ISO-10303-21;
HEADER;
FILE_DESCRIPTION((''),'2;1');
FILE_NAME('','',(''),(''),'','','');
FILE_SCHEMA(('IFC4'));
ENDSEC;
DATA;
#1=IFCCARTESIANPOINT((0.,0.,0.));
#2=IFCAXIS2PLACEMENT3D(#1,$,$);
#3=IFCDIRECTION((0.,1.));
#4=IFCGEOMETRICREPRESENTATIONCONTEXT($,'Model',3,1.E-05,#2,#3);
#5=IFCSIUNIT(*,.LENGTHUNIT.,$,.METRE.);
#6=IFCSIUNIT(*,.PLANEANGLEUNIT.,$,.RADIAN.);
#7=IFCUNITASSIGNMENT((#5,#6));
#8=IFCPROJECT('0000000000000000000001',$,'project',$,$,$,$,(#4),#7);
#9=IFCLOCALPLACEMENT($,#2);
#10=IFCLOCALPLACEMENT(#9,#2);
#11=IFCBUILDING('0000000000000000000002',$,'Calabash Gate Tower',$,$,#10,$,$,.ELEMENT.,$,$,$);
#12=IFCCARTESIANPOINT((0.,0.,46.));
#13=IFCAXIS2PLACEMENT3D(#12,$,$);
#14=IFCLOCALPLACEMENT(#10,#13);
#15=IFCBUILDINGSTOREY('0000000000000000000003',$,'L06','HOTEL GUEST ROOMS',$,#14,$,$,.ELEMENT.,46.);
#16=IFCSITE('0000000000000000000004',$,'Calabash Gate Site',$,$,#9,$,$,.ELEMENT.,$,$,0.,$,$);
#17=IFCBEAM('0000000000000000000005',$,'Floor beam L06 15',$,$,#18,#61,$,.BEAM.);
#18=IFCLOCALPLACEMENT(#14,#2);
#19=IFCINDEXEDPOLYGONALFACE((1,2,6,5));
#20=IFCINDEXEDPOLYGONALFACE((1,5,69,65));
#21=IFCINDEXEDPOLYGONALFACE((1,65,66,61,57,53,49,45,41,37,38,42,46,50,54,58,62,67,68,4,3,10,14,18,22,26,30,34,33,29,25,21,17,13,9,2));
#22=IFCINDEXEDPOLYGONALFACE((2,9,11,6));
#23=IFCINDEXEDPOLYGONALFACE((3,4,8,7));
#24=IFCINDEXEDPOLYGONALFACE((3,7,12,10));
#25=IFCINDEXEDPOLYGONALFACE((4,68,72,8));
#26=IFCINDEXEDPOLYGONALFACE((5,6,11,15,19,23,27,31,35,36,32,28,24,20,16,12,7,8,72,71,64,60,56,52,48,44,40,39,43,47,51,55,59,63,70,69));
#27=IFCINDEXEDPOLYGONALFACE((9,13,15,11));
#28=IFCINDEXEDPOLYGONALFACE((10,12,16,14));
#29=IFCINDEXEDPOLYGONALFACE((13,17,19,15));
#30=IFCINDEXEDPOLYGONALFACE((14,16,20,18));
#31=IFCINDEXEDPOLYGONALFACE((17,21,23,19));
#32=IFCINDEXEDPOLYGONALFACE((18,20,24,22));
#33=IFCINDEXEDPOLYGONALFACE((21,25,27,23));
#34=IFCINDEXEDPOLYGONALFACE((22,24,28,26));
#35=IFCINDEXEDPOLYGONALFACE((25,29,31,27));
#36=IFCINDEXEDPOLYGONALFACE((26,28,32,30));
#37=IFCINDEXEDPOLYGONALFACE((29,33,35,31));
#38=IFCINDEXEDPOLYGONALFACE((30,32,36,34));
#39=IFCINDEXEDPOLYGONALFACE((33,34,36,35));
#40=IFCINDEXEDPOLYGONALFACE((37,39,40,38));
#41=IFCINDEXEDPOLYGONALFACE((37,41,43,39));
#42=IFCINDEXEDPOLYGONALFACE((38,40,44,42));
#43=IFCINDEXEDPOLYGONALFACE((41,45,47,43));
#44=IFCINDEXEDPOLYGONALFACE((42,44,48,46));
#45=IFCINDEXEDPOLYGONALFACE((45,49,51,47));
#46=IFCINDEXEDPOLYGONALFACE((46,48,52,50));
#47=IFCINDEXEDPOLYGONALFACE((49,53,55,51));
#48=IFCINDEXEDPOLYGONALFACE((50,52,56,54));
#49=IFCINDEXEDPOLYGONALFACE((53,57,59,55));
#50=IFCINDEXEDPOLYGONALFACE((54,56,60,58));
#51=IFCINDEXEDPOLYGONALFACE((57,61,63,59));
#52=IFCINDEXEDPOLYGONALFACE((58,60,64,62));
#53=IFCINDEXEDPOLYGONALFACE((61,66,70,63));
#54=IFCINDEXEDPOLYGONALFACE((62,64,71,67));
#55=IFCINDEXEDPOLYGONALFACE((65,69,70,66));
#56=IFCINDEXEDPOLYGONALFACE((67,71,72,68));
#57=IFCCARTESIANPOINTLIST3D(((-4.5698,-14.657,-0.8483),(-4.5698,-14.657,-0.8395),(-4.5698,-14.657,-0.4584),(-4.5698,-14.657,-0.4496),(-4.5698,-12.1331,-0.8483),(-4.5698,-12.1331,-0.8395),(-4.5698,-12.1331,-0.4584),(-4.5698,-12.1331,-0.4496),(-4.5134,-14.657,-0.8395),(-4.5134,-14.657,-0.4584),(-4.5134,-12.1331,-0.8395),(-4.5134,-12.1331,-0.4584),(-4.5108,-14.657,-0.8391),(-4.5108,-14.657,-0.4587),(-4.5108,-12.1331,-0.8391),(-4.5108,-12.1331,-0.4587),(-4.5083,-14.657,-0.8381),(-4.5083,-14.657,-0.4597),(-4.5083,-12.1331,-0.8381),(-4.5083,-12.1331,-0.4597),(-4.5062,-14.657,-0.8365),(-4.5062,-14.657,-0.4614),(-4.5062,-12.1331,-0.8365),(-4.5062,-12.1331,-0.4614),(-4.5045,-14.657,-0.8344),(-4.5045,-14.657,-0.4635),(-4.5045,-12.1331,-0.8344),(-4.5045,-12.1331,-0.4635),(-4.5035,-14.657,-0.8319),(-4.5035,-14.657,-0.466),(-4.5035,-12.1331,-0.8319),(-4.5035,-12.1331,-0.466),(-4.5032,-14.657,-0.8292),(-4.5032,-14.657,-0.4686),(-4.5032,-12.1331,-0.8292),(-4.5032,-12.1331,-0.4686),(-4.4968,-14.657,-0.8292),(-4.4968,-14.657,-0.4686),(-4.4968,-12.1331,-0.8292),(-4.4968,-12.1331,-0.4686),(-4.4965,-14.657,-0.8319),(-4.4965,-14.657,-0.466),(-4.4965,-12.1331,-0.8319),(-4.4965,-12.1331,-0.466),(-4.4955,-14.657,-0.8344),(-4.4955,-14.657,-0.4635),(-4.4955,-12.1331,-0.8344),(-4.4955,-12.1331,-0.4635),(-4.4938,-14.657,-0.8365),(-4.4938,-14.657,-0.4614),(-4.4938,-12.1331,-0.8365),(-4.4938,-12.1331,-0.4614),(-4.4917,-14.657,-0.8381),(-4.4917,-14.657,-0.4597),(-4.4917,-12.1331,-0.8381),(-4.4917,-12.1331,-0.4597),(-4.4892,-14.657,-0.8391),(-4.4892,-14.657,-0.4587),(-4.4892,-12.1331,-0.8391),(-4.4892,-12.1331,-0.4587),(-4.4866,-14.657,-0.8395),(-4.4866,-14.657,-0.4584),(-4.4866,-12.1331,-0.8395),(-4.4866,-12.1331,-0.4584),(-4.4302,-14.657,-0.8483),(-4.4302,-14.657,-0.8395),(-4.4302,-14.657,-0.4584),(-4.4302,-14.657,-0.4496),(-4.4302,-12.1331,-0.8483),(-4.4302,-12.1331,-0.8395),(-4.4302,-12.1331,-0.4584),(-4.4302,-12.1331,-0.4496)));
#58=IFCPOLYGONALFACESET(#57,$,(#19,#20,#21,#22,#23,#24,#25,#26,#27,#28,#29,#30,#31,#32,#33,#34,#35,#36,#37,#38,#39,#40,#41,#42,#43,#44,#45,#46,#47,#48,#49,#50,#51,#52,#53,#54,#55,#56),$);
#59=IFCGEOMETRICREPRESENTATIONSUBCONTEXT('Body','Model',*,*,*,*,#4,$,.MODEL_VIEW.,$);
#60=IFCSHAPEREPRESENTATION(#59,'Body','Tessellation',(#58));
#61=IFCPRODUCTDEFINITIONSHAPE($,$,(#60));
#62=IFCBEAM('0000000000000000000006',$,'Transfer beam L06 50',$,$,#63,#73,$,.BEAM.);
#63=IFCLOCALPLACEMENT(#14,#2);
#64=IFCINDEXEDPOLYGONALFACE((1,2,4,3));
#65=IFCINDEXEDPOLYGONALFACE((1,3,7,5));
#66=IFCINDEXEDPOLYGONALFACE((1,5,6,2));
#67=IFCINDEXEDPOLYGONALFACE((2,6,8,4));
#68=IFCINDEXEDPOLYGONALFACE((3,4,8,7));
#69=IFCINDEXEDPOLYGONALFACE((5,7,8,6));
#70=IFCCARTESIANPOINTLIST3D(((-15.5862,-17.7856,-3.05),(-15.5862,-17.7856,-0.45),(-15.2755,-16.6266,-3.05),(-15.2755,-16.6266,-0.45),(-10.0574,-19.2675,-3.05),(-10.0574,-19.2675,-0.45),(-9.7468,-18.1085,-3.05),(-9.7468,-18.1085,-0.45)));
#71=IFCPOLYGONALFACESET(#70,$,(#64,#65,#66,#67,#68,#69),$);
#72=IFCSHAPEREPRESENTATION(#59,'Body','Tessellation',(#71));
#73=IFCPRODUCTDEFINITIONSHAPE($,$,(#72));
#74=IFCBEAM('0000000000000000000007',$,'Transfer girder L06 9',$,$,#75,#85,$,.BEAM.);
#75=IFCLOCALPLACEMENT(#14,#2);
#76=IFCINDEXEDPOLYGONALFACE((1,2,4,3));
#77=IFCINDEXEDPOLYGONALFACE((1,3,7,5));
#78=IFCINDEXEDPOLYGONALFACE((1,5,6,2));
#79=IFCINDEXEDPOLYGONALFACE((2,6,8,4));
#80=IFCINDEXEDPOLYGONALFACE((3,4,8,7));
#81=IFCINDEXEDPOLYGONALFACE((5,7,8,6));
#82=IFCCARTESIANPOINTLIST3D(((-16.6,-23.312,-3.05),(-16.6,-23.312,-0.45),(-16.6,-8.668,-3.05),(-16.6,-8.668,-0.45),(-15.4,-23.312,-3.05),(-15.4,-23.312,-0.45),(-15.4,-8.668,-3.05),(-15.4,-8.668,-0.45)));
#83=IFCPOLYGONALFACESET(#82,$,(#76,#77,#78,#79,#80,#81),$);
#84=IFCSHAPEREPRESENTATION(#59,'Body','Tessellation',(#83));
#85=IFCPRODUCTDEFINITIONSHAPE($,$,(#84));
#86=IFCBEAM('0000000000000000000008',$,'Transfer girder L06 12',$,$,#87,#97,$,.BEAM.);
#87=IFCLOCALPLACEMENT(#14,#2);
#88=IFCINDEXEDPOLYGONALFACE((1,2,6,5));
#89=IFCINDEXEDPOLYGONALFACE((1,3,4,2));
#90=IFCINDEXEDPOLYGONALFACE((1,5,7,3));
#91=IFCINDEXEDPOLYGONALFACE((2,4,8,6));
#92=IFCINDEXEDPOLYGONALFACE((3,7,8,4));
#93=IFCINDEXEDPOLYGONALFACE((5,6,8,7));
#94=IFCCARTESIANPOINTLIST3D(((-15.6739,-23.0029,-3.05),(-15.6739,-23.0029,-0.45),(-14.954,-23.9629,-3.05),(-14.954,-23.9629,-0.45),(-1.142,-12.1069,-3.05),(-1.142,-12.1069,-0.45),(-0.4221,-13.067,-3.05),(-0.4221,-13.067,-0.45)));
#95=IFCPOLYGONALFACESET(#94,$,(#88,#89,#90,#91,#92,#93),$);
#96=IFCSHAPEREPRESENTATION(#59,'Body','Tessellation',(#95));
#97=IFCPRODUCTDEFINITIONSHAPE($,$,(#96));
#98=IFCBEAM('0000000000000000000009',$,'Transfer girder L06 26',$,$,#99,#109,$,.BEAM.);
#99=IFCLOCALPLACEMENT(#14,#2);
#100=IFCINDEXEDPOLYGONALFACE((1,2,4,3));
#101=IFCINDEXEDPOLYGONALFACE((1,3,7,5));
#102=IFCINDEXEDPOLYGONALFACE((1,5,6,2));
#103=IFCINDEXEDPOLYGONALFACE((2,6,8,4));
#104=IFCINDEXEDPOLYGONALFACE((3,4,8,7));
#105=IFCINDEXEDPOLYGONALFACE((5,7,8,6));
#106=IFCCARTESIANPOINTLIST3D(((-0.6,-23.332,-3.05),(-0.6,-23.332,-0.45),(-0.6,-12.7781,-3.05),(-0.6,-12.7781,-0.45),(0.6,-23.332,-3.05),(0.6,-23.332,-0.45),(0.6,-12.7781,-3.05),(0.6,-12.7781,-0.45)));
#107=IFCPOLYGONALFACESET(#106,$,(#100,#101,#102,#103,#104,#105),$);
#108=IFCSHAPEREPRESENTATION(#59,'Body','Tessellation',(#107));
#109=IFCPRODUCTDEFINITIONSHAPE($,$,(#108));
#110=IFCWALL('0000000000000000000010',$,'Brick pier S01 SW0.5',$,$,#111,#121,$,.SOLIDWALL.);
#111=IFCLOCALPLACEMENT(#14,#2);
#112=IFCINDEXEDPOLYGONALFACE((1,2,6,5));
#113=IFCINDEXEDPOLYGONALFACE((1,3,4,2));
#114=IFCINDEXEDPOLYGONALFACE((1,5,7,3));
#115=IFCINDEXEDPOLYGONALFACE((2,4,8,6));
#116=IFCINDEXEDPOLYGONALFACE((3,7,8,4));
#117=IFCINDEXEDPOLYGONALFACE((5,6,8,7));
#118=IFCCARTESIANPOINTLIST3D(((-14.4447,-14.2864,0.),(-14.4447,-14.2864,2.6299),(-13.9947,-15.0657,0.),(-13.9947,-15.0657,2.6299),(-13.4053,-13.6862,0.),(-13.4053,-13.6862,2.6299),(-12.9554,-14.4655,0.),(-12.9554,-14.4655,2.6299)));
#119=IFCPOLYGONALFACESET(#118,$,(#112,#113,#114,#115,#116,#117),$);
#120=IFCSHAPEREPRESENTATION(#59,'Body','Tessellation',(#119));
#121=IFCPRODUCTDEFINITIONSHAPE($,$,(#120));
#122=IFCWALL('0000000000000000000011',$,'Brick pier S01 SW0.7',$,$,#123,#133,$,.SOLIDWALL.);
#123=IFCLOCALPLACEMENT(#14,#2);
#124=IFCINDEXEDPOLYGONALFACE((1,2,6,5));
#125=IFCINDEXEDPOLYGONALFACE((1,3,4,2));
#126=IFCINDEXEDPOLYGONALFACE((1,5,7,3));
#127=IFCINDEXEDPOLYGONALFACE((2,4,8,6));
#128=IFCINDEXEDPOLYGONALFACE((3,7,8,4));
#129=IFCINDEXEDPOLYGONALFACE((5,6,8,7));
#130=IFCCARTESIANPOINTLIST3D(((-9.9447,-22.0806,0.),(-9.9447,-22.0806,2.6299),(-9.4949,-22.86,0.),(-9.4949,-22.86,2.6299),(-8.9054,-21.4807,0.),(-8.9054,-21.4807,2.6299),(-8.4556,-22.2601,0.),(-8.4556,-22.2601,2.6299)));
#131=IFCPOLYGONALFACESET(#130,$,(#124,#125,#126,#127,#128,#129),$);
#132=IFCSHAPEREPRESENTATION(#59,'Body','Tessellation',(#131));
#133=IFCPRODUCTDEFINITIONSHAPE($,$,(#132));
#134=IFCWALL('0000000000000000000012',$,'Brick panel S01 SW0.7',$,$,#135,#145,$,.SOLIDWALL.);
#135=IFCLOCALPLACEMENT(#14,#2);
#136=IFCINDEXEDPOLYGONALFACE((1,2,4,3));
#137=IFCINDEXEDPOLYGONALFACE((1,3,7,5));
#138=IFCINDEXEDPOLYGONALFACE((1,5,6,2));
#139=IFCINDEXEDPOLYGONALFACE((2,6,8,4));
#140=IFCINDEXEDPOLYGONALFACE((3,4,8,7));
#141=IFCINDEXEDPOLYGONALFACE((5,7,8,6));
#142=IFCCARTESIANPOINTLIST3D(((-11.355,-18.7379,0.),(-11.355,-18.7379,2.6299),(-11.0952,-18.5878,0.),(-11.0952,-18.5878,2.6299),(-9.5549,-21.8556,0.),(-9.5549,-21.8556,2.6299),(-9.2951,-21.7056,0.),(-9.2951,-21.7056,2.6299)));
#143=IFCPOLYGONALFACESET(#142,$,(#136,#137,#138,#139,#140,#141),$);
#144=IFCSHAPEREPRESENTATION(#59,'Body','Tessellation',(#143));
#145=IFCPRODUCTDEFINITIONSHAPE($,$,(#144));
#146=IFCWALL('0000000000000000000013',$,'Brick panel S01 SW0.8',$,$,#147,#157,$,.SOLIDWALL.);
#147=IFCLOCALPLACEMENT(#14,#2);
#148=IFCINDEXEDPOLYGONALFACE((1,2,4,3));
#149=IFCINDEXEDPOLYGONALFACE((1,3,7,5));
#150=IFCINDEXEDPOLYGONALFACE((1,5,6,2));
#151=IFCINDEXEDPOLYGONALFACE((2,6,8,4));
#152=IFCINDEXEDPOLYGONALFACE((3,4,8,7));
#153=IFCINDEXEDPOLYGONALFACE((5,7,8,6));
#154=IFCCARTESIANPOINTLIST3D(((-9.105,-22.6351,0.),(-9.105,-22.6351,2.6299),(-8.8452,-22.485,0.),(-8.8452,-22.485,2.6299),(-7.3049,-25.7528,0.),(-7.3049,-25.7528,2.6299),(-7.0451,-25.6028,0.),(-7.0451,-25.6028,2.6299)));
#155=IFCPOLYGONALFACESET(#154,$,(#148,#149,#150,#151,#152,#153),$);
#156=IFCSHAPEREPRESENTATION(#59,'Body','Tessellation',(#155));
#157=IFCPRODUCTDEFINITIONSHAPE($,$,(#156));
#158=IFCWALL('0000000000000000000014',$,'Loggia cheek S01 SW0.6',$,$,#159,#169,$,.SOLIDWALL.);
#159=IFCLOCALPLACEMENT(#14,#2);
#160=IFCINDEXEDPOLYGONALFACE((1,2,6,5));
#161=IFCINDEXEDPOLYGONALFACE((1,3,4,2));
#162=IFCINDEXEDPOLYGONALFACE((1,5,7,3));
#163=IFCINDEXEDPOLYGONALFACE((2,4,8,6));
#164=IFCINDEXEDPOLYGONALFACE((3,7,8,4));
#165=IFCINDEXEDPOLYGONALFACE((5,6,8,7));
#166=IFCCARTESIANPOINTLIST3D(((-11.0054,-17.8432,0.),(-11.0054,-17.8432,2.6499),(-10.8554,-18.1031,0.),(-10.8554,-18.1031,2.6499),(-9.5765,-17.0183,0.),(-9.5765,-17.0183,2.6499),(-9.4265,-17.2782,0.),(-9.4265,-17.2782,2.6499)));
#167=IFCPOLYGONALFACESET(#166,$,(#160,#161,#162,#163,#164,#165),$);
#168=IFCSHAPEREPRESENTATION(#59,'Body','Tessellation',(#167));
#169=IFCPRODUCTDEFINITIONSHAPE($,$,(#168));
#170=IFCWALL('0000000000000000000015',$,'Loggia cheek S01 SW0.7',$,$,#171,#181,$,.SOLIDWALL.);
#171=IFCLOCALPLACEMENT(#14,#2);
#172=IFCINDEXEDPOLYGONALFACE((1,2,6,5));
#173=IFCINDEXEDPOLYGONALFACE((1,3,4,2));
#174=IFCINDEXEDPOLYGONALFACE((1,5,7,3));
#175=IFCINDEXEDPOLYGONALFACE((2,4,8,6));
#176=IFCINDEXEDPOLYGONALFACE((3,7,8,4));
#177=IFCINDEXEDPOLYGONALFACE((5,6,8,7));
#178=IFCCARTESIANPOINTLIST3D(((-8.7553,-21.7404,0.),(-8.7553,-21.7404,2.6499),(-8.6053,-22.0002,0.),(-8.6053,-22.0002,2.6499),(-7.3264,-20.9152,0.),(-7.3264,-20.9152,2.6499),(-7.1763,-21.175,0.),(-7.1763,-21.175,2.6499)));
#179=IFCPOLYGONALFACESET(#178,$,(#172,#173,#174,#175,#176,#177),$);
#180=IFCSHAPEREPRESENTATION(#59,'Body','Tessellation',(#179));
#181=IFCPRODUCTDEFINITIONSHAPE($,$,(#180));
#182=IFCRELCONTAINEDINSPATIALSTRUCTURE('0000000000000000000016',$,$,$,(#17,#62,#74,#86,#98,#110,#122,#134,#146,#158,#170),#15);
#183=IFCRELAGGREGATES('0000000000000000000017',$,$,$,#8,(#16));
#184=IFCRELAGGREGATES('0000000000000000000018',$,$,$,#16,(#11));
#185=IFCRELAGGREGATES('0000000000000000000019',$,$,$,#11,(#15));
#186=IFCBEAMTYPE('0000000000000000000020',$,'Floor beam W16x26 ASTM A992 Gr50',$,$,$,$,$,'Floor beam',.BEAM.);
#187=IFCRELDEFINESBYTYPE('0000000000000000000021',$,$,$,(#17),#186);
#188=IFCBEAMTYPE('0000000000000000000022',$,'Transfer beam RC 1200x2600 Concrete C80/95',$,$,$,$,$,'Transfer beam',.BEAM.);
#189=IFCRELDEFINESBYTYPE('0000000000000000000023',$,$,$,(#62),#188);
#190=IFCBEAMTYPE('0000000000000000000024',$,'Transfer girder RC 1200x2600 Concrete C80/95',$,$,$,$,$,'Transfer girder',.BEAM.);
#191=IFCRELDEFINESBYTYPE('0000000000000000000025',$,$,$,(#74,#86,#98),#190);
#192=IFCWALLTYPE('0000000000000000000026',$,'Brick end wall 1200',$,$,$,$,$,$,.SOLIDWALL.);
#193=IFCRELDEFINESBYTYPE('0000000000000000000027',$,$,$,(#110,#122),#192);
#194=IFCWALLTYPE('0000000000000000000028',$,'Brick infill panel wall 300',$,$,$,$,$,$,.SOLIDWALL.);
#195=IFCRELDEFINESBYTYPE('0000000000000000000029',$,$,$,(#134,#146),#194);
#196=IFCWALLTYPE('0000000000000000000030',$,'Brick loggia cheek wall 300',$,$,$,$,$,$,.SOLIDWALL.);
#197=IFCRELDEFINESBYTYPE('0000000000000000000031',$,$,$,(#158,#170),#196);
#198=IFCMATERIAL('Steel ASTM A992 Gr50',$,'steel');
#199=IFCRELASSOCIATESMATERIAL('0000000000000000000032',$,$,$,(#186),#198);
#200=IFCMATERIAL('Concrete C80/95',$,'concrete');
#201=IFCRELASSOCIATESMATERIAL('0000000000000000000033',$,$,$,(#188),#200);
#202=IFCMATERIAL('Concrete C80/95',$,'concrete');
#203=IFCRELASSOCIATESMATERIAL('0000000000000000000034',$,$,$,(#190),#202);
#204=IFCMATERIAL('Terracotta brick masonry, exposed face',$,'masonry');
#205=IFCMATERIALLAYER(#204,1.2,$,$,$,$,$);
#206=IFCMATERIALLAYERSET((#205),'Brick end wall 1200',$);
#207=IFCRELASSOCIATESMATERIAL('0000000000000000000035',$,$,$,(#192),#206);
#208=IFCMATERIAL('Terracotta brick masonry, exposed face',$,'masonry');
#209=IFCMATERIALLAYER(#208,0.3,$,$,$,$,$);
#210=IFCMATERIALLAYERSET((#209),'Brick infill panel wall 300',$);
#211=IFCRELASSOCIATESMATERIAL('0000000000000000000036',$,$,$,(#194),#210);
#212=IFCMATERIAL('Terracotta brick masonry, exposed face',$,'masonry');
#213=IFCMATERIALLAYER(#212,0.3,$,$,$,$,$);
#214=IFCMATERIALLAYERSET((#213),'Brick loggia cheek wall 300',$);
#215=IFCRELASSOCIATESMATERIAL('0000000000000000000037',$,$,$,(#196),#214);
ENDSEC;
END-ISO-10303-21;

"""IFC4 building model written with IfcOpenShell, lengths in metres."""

from ifc_helpers import new_model, si_unit, direction, frame, frame_2d, origin, origin_2d, place, context, subcontext, project, spatial, rectangle, i_section, extrude, material, layer, layer_set, material_profile, profile_set, type_object, element, save


model = new_model("IFC4")

# Units and contexts
model_context = context("Model", 3, precision=1e-05, world=origin(), true_north=direction((0.0, 1.0)))
body_context = subcontext(model_context, "Body", "Model", "MODEL_VIEW")
ifc_project = project(units=[si_unit("LENGTHUNIT", "METRE"), si_unit("PLANEANGLEUNIT", "RADIAN")], contexts=[model_context])

# Site, building, storey
site_placement = place(None, origin())
site = spatial("IfcSite", under=ifc_project, at=site_placement, Name="Calabash Gate Site", CompositionType="ELEMENT", RefElevation=0.0)
building_placement = place(site_placement, origin())
building = spatial("IfcBuilding", under=site, at=building_placement, Name="Calabash Gate Tower", CompositionType="ELEMENT")
storey_placement = place(building_placement, frame((0.0, 0.0, 46.0)))
storey = spatial("IfcBuildingStorey", under=building, at=storey_placement, Name="L06", Description="HOTEL GUEST ROOMS", CompositionType="ELEMENT", Elevation=46.0)

# Beams
ifc_material_1 = material(Name="Steel ASTM A992 Gr50", Category="steel")
ifc_material_profile_1 = material_profile(ifc_material_1, i_section(OverallWidth=0.1396, OverallDepth=0.3987, WebThickness=0.0063, FlangeThickness=0.0088, FilletRadius=0.0103, at=origin_2d()))
ifc_profile_set_1 = profile_set([ifc_material_profile_1], Name="Steel ASTM A992 Gr50")
beam_type_1 = type_object("IfcBeamType", Name="Floor beam W16x26 ASTM A992 Gr50", ElementType="Floor beam", PredefinedType="BEAM", material=ifc_profile_set_1)
beam_1_placement = place(storey_placement, frame((-4.5, -14.657, -0.6489), z_axis=(0.0, 1.0, 0.0), x_axis=(-1.0, 0.0, 0.0)))
element("IfcBeam", 1, at=beam_1_placement, inside=storey, type_object=beam_type_1, Name="Floor beam L06 15", PredefinedType="BEAM", context=body_context, shape_type="SweptSolid", body=[
    extrude(i_section(OverallWidth=0.1396, OverallDepth=0.3987, WebThickness=0.0063, FlangeThickness=0.0088, FilletRadius=0.0103, at=origin_2d()), origin(), (0.0, 0.0, 1.0), 2.5239),
])
ifc_material_2 = material(Name="Concrete C80/95", Category="concrete")
ifc_material_profile_2 = material_profile(ifc_material_2, rectangle(XDim=1.2, YDim=2.6001, at=origin_2d()))
ifc_profile_set_2 = profile_set([ifc_material_profile_2], Name="Concrete C80/95")
beam_type_2 = type_object("IfcBeamType", Name="Transfer beam RC 1200x2600 Concrete C80/95", ElementType="Transfer beam", PredefinedType="BEAM", material=ifc_profile_set_2)
beam_2_placement = place(storey_placement, frame((-9.9021, -18.688, -1.75), z_axis=(-0.965904, 0.2589, 0.0), x_axis=(-0.2589, -0.965904, 0.0)))
element("IfcBeam", 2, at=beam_2_placement, inside=storey, type_object=beam_type_2, Name="Transfer beam L06 50", PredefinedType="BEAM", context=body_context, shape_type="SweptSolid", body=[
    extrude(rectangle(XDim=1.2, YDim=2.6001, at=origin_2d()), origin(), (0.0, 0.0, 1.0), 5.7239),
])
ifc_material_3 = material(Name="Concrete C80/95", Category="concrete")
ifc_material_profile_3 = material_profile(ifc_material_3, rectangle(XDim=1.2, YDim=2.6001, at=origin_2d()))
ifc_profile_set_3 = profile_set([ifc_material_profile_3], Name="Concrete C80/95")
beam_type_3 = type_object("IfcBeamType", Name="Transfer girder RC 1200x2600 Concrete C80/95", ElementType="Transfer girder", PredefinedType="BEAM", material=ifc_profile_set_3)
beam_3_placement = place(storey_placement, frame((-16.0, -23.312, -1.75), z_axis=(0.0, 1.0, 0.0), x_axis=(-1.0, 0.0, 0.0)))
element("IfcBeam", 3, at=beam_3_placement, inside=storey, type_object=beam_type_3, Name="Transfer girder L06 9", PredefinedType="BEAM", context=body_context, shape_type="SweptSolid", body=[
    extrude(rectangle(XDim=1.2, YDim=2.6001, at=origin_2d()), origin(), (0.0, 0.0, 1.0), 14.644),
])
beam_4_placement = place(storey_placement, frame((-15.314, -23.4829, -1.75), z_axis=(0.800079, 0.599895, 0.0), x_axis=(-0.599895, 0.800079, 0.0)))
element("IfcBeam", 4, at=beam_4_placement, inside=storey, type_object=beam_type_3, Name="Transfer girder L06 12", PredefinedType="BEAM", context=body_context, shape_type="SweptSolid", body=[
    extrude(rectangle(XDim=1.2, YDim=2.6001, at=origin_2d()), origin(), (0.0, 0.0, 1.0), 18.1631),
])
beam_5_placement = place(storey_placement, frame((0.0, -23.332, -1.75), z_axis=(0.0, 1.0, 0.0), x_axis=(-1.0, 0.0, 0.0)))
element("IfcBeam", 5, at=beam_5_placement, inside=storey, type_object=beam_type_3, Name="Transfer girder L06 26", PredefinedType="BEAM", context=body_context, shape_type="SweptSolid", body=[
    extrude(rectangle(XDim=1.2, YDim=2.6001, at=origin_2d()), origin(), (0.0, 0.0, 1.0), 10.554),
])

# Walls
ifc_material_4 = material(Name="Terracotta brick masonry, exposed face", Category="masonry")
ifc_layer_1 = layer(ifc_material_4, 1.2)
ifc_layer_set_1 = layer_set([ifc_layer_1], Name="Brick end wall 1200")
wall_type_1 = type_object("IfcWallType", Name="Brick end wall 1200", PredefinedType="SOLIDWALL", material=ifc_layer_set_1)
wall_1_placement = place(storey_placement, frame((-14.2197, -14.676, 0.0), z_axis=(0.0, 0.0, 1.0), x_axis=(0.866006, 0.500034, 0.0)))
element("IfcWall", 6, at=wall_1_placement, inside=storey, type_object=wall_type_1, Name="Brick pier S01 SW0.5", PredefinedType="SOLIDWALL", context=body_context, shape_type="SweptSolid", body=[
    extrude(rectangle(XDim=1.2002, YDim=0.8999, at=frame_2d((0.6001, 0.0))), origin(), (0.0, 0.0, 1.0), 2.6299),
])
wall_2_placement = place(storey_placement, frame((-8.6804, -21.8704, 0.0), z_axis=(0.0, 0.0, 1.0), x_axis=(-0.866094, -0.499881, 0.0)))
element("IfcWall", 7, at=wall_2_placement, inside=storey, type_object=wall_type_1, Name="Brick pier S01 SW0.7", PredefinedType="SOLIDWALL", context=body_context, shape_type="SweptSolid", body=[
    extrude(rectangle(XDim=1.2, YDim=0.8999, at=frame_2d((0.6001, 0.0))), origin(), (0.0, 0.0, 1.0), 2.6299),
])
ifc_material_5 = material(Name="Terracotta brick masonry, exposed face", Category="masonry")
ifc_layer_2 = layer(ifc_material_5, 0.3)
ifc_layer_set_2 = layer_set([ifc_layer_2], Name="Brick infill panel wall 300")
wall_type_2 = type_object("IfcWallType", Name="Brick infill panel wall 300", PredefinedType="SOLIDWALL", material=ifc_layer_set_2)
for number, where, z_axis, x_axis, name in (
    (8, (-11.2251, -18.6628, 0.0), (0.0, 0.0, 1.0), (0.500012, -0.866018, 0.0), "Brick panel S01 SW0.7"),
    (9, (-8.9751, -22.5601, 0.0), (0.0, 0.0, 1.0), (0.500012, -0.866018, 0.0), "Brick panel S01 SW0.8"),
):
    element("IfcWall", number, at=place(storey_placement, frame(where, z_axis=z_axis, x_axis=x_axis)), inside=storey, type_object=wall_type_2, Name=name, PredefinedType="SOLIDWALL", context=body_context, shape_type="SweptSolid", body=[
        extrude(rectangle(XDim=3.6001, YDim=0.3, at=frame_2d((1.8, 0.0))), origin(), (0.0, 0.0, 1.0), 2.6299),
    ])
ifc_material_6 = material(Name="Terracotta brick masonry, exposed face", Category="masonry")
ifc_layer_3 = layer(ifc_material_6, 0.3)
ifc_layer_set_3 = layer_set([ifc_layer_3], Name="Brick loggia cheek wall 300")
wall_type_3 = type_object("IfcWallType", Name="Brick loggia cheek wall 300", PredefinedType="SOLIDWALL", material=ifc_layer_set_3)
wall_3_placement = place(storey_placement, frame((-10.9304, -17.9731, 0.0), z_axis=(0.0, 0.0, 1.0), x_axis=(0.86604, 0.499974, 0.0)))
element("IfcWall", 10, at=wall_3_placement, inside=storey, type_object=wall_type_3, Name="Loggia cheek S01 SW0.6", PredefinedType="SOLIDWALL", context=body_context, shape_type="SweptSolid", body=[
    extrude(rectangle(XDim=1.6499, YDim=0.3, at=frame_2d((0.825, 0.0))), origin(), (0.0, 0.0, 1.0), 2.6499),
])
wall_4_placement = place(storey_placement, frame((-8.6804, -21.8704, 0.0), z_axis=(0.0, 0.0, 1.0), x_axis=(0.865976, 0.500085, 0.0)))
element("IfcWall", 11, at=wall_4_placement, inside=storey, type_object=wall_type_3, Name="Loggia cheek S01 SW0.7", PredefinedType="SOLIDWALL", context=body_context, shape_type="SweptSolid", body=[
    extrude(rectangle(XDim=1.6501, YDim=0.3, at=frame_2d((0.8252, 0.0))), origin(), (0.0, 0.0, 1.0), 2.6499),
])

save(model, "model.ifc")
